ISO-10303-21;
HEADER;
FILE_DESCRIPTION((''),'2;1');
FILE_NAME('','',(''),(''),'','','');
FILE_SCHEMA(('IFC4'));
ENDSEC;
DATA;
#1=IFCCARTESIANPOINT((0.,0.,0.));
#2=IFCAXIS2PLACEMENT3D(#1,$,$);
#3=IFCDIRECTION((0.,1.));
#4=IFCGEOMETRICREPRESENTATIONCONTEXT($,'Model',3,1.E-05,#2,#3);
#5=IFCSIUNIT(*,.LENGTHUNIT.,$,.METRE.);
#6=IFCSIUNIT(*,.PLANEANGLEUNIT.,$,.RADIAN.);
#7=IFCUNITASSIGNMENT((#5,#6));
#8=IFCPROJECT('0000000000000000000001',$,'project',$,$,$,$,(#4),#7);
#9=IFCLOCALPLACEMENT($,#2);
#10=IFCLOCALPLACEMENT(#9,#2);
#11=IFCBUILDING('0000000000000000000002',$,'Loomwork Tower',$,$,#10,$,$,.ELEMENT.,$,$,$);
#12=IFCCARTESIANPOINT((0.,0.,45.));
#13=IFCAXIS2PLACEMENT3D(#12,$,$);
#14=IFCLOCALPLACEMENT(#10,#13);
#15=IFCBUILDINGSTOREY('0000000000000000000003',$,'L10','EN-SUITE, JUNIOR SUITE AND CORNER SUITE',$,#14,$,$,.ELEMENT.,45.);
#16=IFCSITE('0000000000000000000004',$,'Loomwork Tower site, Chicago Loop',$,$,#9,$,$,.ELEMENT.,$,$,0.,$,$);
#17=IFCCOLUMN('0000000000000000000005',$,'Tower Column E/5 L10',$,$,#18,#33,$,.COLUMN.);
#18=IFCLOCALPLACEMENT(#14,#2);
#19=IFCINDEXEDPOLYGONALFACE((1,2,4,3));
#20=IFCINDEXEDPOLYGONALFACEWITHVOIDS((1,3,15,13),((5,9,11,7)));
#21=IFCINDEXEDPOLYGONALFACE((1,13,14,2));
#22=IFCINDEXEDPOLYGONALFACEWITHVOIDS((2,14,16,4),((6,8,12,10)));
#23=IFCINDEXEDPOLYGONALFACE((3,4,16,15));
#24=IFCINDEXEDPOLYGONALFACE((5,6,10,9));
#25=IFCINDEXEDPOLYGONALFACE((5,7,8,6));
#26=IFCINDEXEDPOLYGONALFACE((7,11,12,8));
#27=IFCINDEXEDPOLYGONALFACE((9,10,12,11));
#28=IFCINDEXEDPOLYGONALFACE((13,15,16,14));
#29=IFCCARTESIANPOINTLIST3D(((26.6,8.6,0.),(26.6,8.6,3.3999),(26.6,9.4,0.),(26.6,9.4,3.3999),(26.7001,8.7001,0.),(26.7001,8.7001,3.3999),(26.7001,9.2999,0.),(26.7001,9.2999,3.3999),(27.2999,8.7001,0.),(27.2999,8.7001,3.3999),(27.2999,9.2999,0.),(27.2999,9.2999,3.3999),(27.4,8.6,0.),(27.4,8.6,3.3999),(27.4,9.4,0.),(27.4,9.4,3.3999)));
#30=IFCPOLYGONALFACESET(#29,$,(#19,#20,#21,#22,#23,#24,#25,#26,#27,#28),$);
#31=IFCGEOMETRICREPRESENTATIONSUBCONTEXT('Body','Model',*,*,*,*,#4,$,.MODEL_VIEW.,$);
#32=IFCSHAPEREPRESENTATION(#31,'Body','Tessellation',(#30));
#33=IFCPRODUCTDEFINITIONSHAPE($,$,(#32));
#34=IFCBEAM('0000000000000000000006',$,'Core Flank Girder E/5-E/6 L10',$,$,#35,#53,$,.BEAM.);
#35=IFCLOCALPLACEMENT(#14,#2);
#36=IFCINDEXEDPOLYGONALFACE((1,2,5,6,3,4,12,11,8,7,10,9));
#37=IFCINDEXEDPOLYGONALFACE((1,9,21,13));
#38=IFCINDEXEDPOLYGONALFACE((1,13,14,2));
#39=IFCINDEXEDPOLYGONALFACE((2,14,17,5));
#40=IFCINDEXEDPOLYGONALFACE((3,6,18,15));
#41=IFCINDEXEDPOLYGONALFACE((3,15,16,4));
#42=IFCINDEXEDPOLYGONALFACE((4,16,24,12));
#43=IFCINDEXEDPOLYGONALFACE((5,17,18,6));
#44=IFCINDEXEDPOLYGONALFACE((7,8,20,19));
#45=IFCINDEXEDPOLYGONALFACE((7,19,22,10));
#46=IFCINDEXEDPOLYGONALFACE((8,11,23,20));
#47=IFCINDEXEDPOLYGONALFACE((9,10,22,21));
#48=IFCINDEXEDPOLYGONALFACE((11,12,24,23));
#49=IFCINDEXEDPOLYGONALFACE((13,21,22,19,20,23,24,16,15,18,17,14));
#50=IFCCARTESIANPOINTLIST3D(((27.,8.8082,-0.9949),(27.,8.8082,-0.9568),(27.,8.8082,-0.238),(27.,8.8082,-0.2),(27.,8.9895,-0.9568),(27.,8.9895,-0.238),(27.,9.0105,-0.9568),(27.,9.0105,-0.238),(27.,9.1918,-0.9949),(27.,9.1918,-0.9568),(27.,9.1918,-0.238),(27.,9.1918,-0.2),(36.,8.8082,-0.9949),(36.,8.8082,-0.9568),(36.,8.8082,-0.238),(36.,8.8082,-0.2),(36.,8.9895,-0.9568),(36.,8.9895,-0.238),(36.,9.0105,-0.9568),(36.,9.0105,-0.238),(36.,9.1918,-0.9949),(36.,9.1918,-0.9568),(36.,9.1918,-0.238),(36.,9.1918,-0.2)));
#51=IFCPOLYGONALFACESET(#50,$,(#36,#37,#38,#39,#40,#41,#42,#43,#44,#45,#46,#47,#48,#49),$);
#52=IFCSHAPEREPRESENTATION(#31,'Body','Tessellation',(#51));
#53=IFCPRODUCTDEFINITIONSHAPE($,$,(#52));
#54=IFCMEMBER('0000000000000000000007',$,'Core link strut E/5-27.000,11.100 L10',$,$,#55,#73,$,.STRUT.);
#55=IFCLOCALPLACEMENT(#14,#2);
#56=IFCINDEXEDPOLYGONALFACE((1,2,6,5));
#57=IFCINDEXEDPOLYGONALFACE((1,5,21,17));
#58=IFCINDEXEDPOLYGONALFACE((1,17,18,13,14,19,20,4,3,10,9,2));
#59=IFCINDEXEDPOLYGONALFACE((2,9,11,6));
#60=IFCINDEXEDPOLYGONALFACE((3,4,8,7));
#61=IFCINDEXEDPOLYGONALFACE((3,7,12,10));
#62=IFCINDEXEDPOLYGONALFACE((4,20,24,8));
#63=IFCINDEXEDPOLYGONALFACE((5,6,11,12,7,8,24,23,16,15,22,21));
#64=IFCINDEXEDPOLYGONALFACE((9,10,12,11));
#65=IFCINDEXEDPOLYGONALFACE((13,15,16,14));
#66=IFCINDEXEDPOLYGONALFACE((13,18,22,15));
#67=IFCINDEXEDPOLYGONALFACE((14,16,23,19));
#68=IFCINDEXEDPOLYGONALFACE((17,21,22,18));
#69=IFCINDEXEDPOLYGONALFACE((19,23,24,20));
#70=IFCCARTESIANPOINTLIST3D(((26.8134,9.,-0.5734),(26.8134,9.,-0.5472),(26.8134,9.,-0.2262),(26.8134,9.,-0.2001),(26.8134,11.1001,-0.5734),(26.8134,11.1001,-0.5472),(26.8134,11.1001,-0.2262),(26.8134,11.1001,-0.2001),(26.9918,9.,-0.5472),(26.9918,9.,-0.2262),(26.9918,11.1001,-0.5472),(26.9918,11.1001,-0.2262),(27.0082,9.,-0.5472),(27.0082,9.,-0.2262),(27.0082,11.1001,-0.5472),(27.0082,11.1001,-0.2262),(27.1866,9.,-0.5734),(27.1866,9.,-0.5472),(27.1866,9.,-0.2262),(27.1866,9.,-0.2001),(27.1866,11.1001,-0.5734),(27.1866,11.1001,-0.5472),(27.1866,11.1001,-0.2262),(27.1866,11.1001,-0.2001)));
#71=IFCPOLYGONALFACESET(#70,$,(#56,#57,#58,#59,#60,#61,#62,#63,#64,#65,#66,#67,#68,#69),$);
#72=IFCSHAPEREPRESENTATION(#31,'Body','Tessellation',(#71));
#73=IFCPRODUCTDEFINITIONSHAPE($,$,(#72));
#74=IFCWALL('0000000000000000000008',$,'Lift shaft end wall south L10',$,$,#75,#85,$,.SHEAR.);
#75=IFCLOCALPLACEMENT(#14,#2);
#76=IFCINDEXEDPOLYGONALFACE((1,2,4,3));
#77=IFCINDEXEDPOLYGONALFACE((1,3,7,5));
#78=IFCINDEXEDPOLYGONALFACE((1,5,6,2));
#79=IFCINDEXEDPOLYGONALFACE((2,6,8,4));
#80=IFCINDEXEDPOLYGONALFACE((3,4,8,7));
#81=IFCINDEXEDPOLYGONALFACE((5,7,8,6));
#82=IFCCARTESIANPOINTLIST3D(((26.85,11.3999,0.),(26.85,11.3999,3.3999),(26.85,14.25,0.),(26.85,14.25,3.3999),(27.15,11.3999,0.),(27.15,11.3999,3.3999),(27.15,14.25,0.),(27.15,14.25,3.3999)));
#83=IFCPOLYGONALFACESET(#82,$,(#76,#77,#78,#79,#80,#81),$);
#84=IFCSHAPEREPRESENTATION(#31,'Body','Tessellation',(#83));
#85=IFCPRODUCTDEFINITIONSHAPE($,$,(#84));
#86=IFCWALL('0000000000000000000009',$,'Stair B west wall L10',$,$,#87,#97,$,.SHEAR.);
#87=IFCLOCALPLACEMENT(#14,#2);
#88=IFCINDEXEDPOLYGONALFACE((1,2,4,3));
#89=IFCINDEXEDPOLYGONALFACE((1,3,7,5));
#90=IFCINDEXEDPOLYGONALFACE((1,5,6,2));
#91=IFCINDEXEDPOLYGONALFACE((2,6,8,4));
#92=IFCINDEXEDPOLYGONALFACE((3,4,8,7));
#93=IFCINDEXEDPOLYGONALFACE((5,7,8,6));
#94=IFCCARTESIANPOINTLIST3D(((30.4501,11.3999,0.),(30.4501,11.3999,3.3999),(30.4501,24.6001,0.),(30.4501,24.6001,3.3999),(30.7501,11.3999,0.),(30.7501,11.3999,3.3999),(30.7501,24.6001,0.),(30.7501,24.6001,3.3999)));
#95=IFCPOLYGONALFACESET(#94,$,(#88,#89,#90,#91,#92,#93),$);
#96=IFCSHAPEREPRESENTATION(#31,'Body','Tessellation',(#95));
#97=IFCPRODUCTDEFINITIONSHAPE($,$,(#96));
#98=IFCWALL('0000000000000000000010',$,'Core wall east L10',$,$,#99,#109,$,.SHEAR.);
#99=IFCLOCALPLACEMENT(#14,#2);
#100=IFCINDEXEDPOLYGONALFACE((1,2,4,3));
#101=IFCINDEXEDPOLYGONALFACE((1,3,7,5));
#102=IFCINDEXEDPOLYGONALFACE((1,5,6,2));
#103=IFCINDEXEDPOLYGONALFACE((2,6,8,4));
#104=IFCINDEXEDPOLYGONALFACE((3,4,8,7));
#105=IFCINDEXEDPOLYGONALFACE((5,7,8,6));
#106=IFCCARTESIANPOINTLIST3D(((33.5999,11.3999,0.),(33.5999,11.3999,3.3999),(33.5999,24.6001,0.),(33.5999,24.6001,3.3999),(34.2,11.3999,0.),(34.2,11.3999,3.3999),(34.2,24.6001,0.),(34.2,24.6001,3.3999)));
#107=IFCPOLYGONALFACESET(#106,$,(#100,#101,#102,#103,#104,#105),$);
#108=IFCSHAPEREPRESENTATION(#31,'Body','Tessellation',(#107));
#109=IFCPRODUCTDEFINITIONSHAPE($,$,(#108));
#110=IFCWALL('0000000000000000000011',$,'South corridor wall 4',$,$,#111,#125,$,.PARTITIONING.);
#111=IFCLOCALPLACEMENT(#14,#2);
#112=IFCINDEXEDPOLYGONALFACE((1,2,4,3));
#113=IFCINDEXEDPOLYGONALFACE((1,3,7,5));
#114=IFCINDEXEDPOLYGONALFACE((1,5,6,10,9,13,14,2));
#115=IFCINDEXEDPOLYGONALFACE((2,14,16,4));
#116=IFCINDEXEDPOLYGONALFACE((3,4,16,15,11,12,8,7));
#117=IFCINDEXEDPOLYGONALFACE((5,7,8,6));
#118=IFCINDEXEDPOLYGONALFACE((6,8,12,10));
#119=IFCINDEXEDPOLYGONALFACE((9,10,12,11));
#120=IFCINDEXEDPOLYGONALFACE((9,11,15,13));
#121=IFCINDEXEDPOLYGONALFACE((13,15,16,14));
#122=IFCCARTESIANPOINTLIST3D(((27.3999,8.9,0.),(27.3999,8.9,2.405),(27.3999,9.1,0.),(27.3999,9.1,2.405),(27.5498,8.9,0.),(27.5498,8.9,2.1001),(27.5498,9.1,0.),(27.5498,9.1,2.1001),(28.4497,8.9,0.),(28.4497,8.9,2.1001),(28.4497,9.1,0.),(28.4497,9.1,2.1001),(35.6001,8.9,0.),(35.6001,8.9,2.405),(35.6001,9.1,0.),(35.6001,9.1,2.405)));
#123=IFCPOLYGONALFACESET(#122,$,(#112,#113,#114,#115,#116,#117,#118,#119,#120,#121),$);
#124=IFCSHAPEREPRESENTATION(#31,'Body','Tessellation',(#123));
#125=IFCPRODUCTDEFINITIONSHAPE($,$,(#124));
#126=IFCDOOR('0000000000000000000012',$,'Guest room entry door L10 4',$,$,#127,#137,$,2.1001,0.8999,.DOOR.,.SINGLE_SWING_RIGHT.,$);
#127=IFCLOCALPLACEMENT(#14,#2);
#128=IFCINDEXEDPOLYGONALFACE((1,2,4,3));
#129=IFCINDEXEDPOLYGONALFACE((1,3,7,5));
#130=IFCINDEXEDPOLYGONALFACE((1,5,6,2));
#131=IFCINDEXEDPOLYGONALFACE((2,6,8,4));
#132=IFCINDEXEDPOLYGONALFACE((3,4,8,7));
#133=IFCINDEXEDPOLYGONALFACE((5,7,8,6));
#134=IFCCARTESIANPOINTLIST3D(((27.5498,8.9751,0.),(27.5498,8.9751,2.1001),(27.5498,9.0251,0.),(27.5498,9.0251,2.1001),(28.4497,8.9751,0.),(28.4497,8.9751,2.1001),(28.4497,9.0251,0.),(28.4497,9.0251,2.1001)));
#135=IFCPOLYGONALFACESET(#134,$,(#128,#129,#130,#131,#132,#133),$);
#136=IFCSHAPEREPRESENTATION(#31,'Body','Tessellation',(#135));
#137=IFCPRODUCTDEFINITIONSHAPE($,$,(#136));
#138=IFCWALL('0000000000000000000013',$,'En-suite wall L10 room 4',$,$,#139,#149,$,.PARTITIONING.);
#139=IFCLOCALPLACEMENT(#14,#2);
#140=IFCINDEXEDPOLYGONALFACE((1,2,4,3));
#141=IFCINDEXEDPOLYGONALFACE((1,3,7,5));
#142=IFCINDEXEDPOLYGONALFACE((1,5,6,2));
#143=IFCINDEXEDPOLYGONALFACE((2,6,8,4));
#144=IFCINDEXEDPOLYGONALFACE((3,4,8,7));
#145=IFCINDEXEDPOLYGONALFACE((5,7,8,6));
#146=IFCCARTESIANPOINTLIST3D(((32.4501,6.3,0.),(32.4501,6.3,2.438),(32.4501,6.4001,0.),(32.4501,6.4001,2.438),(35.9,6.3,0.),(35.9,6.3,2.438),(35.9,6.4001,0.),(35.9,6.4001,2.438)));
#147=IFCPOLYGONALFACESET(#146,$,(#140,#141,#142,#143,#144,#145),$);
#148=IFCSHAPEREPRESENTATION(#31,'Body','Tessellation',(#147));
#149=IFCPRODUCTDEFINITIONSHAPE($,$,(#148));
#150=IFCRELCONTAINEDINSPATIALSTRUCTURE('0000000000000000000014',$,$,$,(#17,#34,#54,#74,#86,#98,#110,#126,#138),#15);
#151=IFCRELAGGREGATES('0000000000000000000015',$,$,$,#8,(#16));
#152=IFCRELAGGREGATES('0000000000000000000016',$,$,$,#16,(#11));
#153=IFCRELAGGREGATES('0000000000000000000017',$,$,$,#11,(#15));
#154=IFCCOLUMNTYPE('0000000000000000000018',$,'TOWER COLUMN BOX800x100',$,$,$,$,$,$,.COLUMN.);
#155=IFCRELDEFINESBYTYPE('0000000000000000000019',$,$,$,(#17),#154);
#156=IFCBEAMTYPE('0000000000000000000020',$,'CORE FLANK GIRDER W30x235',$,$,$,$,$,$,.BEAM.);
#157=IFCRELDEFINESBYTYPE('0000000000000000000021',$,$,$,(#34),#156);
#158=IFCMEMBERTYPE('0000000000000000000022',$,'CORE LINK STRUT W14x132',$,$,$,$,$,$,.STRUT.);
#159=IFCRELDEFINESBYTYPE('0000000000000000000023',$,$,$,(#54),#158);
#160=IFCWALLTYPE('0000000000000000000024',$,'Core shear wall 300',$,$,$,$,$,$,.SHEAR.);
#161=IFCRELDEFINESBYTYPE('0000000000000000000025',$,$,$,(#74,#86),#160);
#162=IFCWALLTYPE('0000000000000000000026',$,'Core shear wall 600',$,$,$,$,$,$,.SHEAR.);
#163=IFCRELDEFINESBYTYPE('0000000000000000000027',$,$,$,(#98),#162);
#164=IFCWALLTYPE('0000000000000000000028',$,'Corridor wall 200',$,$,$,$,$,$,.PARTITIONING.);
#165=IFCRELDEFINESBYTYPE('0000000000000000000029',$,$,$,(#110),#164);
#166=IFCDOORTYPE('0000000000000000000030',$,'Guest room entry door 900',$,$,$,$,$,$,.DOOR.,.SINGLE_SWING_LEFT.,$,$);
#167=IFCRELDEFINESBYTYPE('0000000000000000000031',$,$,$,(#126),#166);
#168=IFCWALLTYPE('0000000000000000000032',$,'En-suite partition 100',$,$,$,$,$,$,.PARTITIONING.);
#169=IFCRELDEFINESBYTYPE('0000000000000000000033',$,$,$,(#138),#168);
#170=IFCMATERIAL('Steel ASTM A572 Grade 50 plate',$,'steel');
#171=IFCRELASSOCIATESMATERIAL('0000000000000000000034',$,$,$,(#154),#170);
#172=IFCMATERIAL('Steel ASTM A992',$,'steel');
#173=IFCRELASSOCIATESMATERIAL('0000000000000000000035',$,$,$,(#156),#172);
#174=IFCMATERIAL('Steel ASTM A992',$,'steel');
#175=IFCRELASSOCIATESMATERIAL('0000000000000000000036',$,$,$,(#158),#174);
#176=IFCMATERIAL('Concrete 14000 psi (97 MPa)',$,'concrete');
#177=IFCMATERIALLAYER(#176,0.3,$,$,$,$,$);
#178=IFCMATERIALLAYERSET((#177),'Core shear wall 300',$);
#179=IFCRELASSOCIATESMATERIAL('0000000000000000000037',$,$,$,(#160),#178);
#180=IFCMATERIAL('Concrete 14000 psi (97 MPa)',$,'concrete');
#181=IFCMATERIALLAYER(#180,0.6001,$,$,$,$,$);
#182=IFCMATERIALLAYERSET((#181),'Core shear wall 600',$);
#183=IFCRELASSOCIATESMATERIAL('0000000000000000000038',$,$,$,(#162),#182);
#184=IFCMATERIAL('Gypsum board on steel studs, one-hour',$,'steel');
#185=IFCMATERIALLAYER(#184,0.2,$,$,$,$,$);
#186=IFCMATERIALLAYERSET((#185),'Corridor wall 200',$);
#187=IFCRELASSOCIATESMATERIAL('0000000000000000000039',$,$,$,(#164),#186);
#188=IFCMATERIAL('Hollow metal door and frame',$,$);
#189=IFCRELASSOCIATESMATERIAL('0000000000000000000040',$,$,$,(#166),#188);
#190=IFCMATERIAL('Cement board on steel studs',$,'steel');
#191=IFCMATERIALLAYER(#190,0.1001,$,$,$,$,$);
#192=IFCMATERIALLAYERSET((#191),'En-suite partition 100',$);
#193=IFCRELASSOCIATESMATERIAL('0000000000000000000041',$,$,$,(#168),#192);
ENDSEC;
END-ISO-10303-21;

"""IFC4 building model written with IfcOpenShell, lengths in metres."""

from ifc_helpers import new_model, si_unit, direction, frame, frame_2d, origin, origin_2d, place, context, subcontext, project, spatial, rectangle, hollow_rectangle, i_section, extrude, material, layer, layer_set, material_profile, profile_set, type_object, element, fill, save


model = new_model("IFC4")

# Units and contexts
model_context = context("Model", 3, precision=1e-05, world=origin(), true_north=direction((0.0, 1.0)))
body_context = subcontext(model_context, "Body", "Model", "MODEL_VIEW")
ifc_project = project(units=[si_unit("LENGTHUNIT", "METRE"), si_unit("PLANEANGLEUNIT", "RADIAN")], contexts=[model_context])

# Site, building, storey
site_placement = place(None, origin())
site = spatial("IfcSite", under=ifc_project, at=site_placement, Name="Loomwork Tower site, Chicago Loop", CompositionType="ELEMENT", RefElevation=0.0)
building_placement = place(site_placement, origin())
building = spatial("IfcBuilding", under=site, at=building_placement, Name="Loomwork Tower", CompositionType="ELEMENT")
storey_placement = place(building_placement, frame((0.0, 0.0, 45.0)))
storey = spatial("IfcBuildingStorey", under=building, at=storey_placement, Name="L10", Description="EN-SUITE, JUNIOR SUITE AND CORNER SUITE", CompositionType="ELEMENT", Elevation=45.0)

# Column
ifc_material_1 = material(Name="Steel ASTM A572 Grade 50 plate", Category="steel")
ifc_material_profile_1 = material_profile(ifc_material_1, hollow_rectangle(XDim=0.8, YDim=0.8, WallThickness=0.1001, at=origin_2d()), Name="BOX800x100")
ifc_profile_set_1 = profile_set([ifc_material_profile_1], Name="Steel ASTM A572 Grade 50 plate")
column_type = type_object("IfcColumnType", Name="TOWER COLUMN BOX800x100", PredefinedType="COLUMN", material=ifc_profile_set_1)
column_placement = place(storey_placement, frame((27.0, 9.0, 0.0), z_axis=(0.0, 0.0, 1.0), x_axis=(1.0, 0.0, 0.0)))
element("IfcColumn", 1, at=column_placement, inside=storey, type_object=column_type, Name="Tower Column E/5 L10", PredefinedType="COLUMN", context=body_context, shape_type="SweptSolid", body=[
    extrude(hollow_rectangle(XDim=0.8, YDim=0.8, WallThickness=0.1001, at=origin_2d()), origin(), (0.0, 0.0, 1.0), 3.3999),
])

# Beam
ifc_material_2 = material(Name="Steel ASTM A992", Category="steel")
ifc_material_profile_2 = material_profile(ifc_material_2, i_section(OverallWidth=0.3835, OverallDepth=0.7949, WebThickness=0.021, FlangeThickness=0.0381, at=origin_2d()), Name="W30x235")
ifc_profile_set_2 = profile_set([ifc_material_profile_2], Name="Steel ASTM A992")
beam_type = type_object("IfcBeamType", Name="CORE FLANK GIRDER W30x235", PredefinedType="BEAM", material=ifc_profile_set_2)
beam_placement = place(storey_placement, frame((27.0, 9.0, -0.5974), z_axis=(1.0, 0.0, 0.0), x_axis=(0.0, 1.0, 0.0)))
element("IfcBeam", 2, at=beam_placement, inside=storey, type_object=beam_type, Name="Core Flank Girder E/5-E/6 L10", PredefinedType="BEAM", context=body_context, shape_type="SweptSolid", body=[
    extrude(i_section(OverallWidth=0.3835, OverallDepth=0.7949, WebThickness=0.021, FlangeThickness=0.0381, at=origin_2d()), origin(), (0.0, 0.0, 1.0), 9.0),
])

# Member
ifc_material_3 = material(Name="Steel ASTM A992", Category="steel")
ifc_material_profile_3 = material_profile(ifc_material_3, i_section(OverallWidth=0.3733, OverallDepth=0.3733, WebThickness=0.0164, FlangeThickness=0.0261, at=origin_2d()), Name="W14x132")
ifc_profile_set_3 = profile_set([ifc_material_profile_3], Name="Steel ASTM A992")
member_type = type_object("IfcMemberType", Name="CORE LINK STRUT W14x132", PredefinedType="STRUT", material=ifc_profile_set_3)
member_placement = place(storey_placement, frame((27.0, 9.0, -0.3867), z_axis=(0.0, 1.0, 0.0), x_axis=(-1.0, 0.0, 0.0)))
element("IfcMember", 3, at=member_placement, inside=storey, type_object=member_type, Name="Core link strut E/5-27.000,11.100 L10", PredefinedType="STRUT", context=body_context, shape_type="SweptSolid", body=[
    extrude(i_section(OverallWidth=0.3733, OverallDepth=0.3733, WebThickness=0.0164, FlangeThickness=0.0261, at=origin_2d()), origin(), (0.0, 0.0, 1.0), 2.1001),
])

# Walls
ifc_material_4 = material(Name="Concrete 14000 psi (97 MPa)", Category="concrete")
ifc_layer_1 = layer(ifc_material_4, 0.3)
ifc_layer_set_1 = layer_set([ifc_layer_1], Name="Core shear wall 300")
wall_type_1 = type_object("IfcWallType", Name="Core shear wall 300", PredefinedType="SHEAR", material=ifc_layer_set_1)
wall_1_placement = place(storey_placement, frame((27.0, 11.3999, 0.0), z_axis=(0.0, 0.0, 1.0), x_axis=(0.0, 1.0, 0.0)))
element("IfcWall", 4, at=wall_1_placement, inside=storey, type_object=wall_type_1, Name="Lift shaft end wall south L10", PredefinedType="SHEAR", context=body_context, shape_type="SweptSolid", body=[
    extrude(rectangle(XDim=2.8501, YDim=0.3, at=frame_2d((1.425, 0.0))), origin(), (0.0, 0.0, 1.0), 3.3999),
])
wall_2_placement = place(storey_placement, frame((30.6001, 11.3999, 0.0), z_axis=(0.0, 0.0, 1.0), x_axis=(0.0, 1.0, 0.0)))
element("IfcWall", 5, at=wall_2_placement, inside=storey, type_object=wall_type_1, Name="Stair B west wall L10", PredefinedType="SHEAR", context=body_context, shape_type="SweptSolid", body=[
    extrude(rectangle(XDim=13.2002, YDim=0.3, at=frame_2d((6.6001, 0.0))), origin(), (0.0, 0.0, 1.0), 3.3999),
])
ifc_material_5 = material(Name="Concrete 14000 psi (97 MPa)", Category="concrete")
ifc_layer_2 = layer(ifc_material_5, 0.6001)
ifc_layer_set_2 = layer_set([ifc_layer_2], Name="Core shear wall 600")
wall_type_2 = type_object("IfcWallType", Name="Core shear wall 600", PredefinedType="SHEAR", material=ifc_layer_set_2)
wall_3_placement = place(storey_placement, frame((33.8999, 11.3999, 0.0), z_axis=(0.0, 0.0, 1.0), x_axis=(0.0, 1.0, 0.0)))
element("IfcWall", 6, at=wall_3_placement, inside=storey, type_object=wall_type_2, Name="Core wall east L10", PredefinedType="SHEAR", context=body_context, shape_type="SweptSolid", body=[
    extrude(rectangle(XDim=13.2002, YDim=0.6001, at=frame_2d((6.6001, 0.0))), origin(), (0.0, 0.0, 1.0), 3.3999),
])

# Wall, opening, door
ifc_material_6 = material(Name="Gypsum board on steel studs, one-hour", Category="steel")
ifc_layer_3 = layer(ifc_material_6, 0.2)
ifc_layer_set_3 = layer_set([ifc_layer_3], Name="Corridor wall 200")
wall_type_3 = type_object("IfcWallType", Name="Corridor wall 200", PredefinedType="PARTITIONING", material=ifc_layer_set_3)
wall_4_placement = place(storey_placement, frame((27.3999, 9.0, 0.0), z_axis=(0.0, 0.0, 1.0), x_axis=(1.0, 0.0, 0.0)))
wall_4 = element("IfcWall", 7, at=wall_4_placement, inside=storey, type_object=wall_type_3, Name="South corridor wall 4", PredefinedType="PARTITIONING", context=body_context, shape_type="SweptSolid", body=[
    extrude(rectangle(XDim=8.2002, YDim=0.2, at=frame_2d((4.1001, 0.0))), origin(), (0.0, 0.0, 1.0), 2.405),
])
opening_1_placement = place(wall_4_placement, frame((0.1499, 0.0, 0.0)))
opening_1 = element("IfcOpeningElement", 8, at=opening_1_placement, cuts=wall_4, PredefinedType="OPENING", context=body_context, shape_type="SweptSolid", body=[
    extrude(rectangle(XDim=0.8999, YDim=2.1001, at=frame_2d((0.45, 1.05))), frame((0.0, 0.1099, 0.0), z_axis=(0.0, -1.0, 0.0), x_axis=(1.0, 0.0, 0.0)), (0.0, 0.0, 1.0), 0.22),
])
ifc_material_7 = material(Name="Hollow metal door and frame")
door_type_1 = type_object("IfcDoorType", Name="Guest room entry door 900", OperationType="SINGLE_SWING_LEFT", PredefinedType="DOOR", material=ifc_material_7)
door_1_placement = place(opening_1_placement, frame((0.8999, 0.0, 0.0), z_axis=(0.0, 0.0, 1.0), x_axis=(-1.0, 0.0, 0.0)))
door_1 = element("IfcDoor", 9, at=door_1_placement, inside=storey, type_object=door_type_1, Name="Guest room entry door L10 4", OperationType="SINGLE_SWING_RIGHT", OverallHeight=2.1001, OverallWidth=0.8999, PredefinedType="DOOR", context=body_context, shape_type="SweptSolid", body=[
    extrude(rectangle(XDim=0.8999, YDim=2.1001, at=frame_2d((0.45, 1.05))), frame((0.0, 0.0249, 0.0), z_axis=(0.0, -1.0, 0.0), x_axis=(1.0, 0.0, 0.0)), (0.0, 0.0, 1.0), 0.05),
])
fill(opening_1, door_1)

# Wall
ifc_material_8 = material(Name="Cement board on steel studs", Category="steel")
ifc_layer_4 = layer(ifc_material_8, 0.1001)
ifc_layer_set_4 = layer_set([ifc_layer_4], Name="En-suite partition 100")
wall_type_4 = type_object("IfcWallType", Name="En-suite partition 100", PredefinedType="PARTITIONING", material=ifc_layer_set_4)
wall_5_placement = place(storey_placement, frame((32.45, 6.3501, 0.0), z_axis=(0.0, 0.0, 1.0), x_axis=(1.0, 0.0, 0.0)))
element("IfcWall", 10, at=wall_5_placement, inside=storey, type_object=wall_type_4, Name="En-suite wall L10 room 4", PredefinedType="PARTITIONING", context=body_context, shape_type="SweptSolid", body=[
    extrude(rectangle(XDim=3.45, YDim=0.1001, at=frame_2d((1.7251, 0.0))), origin(), (0.0, 0.0, 1.0), 2.438),
])

save(model, "model.ifc")
